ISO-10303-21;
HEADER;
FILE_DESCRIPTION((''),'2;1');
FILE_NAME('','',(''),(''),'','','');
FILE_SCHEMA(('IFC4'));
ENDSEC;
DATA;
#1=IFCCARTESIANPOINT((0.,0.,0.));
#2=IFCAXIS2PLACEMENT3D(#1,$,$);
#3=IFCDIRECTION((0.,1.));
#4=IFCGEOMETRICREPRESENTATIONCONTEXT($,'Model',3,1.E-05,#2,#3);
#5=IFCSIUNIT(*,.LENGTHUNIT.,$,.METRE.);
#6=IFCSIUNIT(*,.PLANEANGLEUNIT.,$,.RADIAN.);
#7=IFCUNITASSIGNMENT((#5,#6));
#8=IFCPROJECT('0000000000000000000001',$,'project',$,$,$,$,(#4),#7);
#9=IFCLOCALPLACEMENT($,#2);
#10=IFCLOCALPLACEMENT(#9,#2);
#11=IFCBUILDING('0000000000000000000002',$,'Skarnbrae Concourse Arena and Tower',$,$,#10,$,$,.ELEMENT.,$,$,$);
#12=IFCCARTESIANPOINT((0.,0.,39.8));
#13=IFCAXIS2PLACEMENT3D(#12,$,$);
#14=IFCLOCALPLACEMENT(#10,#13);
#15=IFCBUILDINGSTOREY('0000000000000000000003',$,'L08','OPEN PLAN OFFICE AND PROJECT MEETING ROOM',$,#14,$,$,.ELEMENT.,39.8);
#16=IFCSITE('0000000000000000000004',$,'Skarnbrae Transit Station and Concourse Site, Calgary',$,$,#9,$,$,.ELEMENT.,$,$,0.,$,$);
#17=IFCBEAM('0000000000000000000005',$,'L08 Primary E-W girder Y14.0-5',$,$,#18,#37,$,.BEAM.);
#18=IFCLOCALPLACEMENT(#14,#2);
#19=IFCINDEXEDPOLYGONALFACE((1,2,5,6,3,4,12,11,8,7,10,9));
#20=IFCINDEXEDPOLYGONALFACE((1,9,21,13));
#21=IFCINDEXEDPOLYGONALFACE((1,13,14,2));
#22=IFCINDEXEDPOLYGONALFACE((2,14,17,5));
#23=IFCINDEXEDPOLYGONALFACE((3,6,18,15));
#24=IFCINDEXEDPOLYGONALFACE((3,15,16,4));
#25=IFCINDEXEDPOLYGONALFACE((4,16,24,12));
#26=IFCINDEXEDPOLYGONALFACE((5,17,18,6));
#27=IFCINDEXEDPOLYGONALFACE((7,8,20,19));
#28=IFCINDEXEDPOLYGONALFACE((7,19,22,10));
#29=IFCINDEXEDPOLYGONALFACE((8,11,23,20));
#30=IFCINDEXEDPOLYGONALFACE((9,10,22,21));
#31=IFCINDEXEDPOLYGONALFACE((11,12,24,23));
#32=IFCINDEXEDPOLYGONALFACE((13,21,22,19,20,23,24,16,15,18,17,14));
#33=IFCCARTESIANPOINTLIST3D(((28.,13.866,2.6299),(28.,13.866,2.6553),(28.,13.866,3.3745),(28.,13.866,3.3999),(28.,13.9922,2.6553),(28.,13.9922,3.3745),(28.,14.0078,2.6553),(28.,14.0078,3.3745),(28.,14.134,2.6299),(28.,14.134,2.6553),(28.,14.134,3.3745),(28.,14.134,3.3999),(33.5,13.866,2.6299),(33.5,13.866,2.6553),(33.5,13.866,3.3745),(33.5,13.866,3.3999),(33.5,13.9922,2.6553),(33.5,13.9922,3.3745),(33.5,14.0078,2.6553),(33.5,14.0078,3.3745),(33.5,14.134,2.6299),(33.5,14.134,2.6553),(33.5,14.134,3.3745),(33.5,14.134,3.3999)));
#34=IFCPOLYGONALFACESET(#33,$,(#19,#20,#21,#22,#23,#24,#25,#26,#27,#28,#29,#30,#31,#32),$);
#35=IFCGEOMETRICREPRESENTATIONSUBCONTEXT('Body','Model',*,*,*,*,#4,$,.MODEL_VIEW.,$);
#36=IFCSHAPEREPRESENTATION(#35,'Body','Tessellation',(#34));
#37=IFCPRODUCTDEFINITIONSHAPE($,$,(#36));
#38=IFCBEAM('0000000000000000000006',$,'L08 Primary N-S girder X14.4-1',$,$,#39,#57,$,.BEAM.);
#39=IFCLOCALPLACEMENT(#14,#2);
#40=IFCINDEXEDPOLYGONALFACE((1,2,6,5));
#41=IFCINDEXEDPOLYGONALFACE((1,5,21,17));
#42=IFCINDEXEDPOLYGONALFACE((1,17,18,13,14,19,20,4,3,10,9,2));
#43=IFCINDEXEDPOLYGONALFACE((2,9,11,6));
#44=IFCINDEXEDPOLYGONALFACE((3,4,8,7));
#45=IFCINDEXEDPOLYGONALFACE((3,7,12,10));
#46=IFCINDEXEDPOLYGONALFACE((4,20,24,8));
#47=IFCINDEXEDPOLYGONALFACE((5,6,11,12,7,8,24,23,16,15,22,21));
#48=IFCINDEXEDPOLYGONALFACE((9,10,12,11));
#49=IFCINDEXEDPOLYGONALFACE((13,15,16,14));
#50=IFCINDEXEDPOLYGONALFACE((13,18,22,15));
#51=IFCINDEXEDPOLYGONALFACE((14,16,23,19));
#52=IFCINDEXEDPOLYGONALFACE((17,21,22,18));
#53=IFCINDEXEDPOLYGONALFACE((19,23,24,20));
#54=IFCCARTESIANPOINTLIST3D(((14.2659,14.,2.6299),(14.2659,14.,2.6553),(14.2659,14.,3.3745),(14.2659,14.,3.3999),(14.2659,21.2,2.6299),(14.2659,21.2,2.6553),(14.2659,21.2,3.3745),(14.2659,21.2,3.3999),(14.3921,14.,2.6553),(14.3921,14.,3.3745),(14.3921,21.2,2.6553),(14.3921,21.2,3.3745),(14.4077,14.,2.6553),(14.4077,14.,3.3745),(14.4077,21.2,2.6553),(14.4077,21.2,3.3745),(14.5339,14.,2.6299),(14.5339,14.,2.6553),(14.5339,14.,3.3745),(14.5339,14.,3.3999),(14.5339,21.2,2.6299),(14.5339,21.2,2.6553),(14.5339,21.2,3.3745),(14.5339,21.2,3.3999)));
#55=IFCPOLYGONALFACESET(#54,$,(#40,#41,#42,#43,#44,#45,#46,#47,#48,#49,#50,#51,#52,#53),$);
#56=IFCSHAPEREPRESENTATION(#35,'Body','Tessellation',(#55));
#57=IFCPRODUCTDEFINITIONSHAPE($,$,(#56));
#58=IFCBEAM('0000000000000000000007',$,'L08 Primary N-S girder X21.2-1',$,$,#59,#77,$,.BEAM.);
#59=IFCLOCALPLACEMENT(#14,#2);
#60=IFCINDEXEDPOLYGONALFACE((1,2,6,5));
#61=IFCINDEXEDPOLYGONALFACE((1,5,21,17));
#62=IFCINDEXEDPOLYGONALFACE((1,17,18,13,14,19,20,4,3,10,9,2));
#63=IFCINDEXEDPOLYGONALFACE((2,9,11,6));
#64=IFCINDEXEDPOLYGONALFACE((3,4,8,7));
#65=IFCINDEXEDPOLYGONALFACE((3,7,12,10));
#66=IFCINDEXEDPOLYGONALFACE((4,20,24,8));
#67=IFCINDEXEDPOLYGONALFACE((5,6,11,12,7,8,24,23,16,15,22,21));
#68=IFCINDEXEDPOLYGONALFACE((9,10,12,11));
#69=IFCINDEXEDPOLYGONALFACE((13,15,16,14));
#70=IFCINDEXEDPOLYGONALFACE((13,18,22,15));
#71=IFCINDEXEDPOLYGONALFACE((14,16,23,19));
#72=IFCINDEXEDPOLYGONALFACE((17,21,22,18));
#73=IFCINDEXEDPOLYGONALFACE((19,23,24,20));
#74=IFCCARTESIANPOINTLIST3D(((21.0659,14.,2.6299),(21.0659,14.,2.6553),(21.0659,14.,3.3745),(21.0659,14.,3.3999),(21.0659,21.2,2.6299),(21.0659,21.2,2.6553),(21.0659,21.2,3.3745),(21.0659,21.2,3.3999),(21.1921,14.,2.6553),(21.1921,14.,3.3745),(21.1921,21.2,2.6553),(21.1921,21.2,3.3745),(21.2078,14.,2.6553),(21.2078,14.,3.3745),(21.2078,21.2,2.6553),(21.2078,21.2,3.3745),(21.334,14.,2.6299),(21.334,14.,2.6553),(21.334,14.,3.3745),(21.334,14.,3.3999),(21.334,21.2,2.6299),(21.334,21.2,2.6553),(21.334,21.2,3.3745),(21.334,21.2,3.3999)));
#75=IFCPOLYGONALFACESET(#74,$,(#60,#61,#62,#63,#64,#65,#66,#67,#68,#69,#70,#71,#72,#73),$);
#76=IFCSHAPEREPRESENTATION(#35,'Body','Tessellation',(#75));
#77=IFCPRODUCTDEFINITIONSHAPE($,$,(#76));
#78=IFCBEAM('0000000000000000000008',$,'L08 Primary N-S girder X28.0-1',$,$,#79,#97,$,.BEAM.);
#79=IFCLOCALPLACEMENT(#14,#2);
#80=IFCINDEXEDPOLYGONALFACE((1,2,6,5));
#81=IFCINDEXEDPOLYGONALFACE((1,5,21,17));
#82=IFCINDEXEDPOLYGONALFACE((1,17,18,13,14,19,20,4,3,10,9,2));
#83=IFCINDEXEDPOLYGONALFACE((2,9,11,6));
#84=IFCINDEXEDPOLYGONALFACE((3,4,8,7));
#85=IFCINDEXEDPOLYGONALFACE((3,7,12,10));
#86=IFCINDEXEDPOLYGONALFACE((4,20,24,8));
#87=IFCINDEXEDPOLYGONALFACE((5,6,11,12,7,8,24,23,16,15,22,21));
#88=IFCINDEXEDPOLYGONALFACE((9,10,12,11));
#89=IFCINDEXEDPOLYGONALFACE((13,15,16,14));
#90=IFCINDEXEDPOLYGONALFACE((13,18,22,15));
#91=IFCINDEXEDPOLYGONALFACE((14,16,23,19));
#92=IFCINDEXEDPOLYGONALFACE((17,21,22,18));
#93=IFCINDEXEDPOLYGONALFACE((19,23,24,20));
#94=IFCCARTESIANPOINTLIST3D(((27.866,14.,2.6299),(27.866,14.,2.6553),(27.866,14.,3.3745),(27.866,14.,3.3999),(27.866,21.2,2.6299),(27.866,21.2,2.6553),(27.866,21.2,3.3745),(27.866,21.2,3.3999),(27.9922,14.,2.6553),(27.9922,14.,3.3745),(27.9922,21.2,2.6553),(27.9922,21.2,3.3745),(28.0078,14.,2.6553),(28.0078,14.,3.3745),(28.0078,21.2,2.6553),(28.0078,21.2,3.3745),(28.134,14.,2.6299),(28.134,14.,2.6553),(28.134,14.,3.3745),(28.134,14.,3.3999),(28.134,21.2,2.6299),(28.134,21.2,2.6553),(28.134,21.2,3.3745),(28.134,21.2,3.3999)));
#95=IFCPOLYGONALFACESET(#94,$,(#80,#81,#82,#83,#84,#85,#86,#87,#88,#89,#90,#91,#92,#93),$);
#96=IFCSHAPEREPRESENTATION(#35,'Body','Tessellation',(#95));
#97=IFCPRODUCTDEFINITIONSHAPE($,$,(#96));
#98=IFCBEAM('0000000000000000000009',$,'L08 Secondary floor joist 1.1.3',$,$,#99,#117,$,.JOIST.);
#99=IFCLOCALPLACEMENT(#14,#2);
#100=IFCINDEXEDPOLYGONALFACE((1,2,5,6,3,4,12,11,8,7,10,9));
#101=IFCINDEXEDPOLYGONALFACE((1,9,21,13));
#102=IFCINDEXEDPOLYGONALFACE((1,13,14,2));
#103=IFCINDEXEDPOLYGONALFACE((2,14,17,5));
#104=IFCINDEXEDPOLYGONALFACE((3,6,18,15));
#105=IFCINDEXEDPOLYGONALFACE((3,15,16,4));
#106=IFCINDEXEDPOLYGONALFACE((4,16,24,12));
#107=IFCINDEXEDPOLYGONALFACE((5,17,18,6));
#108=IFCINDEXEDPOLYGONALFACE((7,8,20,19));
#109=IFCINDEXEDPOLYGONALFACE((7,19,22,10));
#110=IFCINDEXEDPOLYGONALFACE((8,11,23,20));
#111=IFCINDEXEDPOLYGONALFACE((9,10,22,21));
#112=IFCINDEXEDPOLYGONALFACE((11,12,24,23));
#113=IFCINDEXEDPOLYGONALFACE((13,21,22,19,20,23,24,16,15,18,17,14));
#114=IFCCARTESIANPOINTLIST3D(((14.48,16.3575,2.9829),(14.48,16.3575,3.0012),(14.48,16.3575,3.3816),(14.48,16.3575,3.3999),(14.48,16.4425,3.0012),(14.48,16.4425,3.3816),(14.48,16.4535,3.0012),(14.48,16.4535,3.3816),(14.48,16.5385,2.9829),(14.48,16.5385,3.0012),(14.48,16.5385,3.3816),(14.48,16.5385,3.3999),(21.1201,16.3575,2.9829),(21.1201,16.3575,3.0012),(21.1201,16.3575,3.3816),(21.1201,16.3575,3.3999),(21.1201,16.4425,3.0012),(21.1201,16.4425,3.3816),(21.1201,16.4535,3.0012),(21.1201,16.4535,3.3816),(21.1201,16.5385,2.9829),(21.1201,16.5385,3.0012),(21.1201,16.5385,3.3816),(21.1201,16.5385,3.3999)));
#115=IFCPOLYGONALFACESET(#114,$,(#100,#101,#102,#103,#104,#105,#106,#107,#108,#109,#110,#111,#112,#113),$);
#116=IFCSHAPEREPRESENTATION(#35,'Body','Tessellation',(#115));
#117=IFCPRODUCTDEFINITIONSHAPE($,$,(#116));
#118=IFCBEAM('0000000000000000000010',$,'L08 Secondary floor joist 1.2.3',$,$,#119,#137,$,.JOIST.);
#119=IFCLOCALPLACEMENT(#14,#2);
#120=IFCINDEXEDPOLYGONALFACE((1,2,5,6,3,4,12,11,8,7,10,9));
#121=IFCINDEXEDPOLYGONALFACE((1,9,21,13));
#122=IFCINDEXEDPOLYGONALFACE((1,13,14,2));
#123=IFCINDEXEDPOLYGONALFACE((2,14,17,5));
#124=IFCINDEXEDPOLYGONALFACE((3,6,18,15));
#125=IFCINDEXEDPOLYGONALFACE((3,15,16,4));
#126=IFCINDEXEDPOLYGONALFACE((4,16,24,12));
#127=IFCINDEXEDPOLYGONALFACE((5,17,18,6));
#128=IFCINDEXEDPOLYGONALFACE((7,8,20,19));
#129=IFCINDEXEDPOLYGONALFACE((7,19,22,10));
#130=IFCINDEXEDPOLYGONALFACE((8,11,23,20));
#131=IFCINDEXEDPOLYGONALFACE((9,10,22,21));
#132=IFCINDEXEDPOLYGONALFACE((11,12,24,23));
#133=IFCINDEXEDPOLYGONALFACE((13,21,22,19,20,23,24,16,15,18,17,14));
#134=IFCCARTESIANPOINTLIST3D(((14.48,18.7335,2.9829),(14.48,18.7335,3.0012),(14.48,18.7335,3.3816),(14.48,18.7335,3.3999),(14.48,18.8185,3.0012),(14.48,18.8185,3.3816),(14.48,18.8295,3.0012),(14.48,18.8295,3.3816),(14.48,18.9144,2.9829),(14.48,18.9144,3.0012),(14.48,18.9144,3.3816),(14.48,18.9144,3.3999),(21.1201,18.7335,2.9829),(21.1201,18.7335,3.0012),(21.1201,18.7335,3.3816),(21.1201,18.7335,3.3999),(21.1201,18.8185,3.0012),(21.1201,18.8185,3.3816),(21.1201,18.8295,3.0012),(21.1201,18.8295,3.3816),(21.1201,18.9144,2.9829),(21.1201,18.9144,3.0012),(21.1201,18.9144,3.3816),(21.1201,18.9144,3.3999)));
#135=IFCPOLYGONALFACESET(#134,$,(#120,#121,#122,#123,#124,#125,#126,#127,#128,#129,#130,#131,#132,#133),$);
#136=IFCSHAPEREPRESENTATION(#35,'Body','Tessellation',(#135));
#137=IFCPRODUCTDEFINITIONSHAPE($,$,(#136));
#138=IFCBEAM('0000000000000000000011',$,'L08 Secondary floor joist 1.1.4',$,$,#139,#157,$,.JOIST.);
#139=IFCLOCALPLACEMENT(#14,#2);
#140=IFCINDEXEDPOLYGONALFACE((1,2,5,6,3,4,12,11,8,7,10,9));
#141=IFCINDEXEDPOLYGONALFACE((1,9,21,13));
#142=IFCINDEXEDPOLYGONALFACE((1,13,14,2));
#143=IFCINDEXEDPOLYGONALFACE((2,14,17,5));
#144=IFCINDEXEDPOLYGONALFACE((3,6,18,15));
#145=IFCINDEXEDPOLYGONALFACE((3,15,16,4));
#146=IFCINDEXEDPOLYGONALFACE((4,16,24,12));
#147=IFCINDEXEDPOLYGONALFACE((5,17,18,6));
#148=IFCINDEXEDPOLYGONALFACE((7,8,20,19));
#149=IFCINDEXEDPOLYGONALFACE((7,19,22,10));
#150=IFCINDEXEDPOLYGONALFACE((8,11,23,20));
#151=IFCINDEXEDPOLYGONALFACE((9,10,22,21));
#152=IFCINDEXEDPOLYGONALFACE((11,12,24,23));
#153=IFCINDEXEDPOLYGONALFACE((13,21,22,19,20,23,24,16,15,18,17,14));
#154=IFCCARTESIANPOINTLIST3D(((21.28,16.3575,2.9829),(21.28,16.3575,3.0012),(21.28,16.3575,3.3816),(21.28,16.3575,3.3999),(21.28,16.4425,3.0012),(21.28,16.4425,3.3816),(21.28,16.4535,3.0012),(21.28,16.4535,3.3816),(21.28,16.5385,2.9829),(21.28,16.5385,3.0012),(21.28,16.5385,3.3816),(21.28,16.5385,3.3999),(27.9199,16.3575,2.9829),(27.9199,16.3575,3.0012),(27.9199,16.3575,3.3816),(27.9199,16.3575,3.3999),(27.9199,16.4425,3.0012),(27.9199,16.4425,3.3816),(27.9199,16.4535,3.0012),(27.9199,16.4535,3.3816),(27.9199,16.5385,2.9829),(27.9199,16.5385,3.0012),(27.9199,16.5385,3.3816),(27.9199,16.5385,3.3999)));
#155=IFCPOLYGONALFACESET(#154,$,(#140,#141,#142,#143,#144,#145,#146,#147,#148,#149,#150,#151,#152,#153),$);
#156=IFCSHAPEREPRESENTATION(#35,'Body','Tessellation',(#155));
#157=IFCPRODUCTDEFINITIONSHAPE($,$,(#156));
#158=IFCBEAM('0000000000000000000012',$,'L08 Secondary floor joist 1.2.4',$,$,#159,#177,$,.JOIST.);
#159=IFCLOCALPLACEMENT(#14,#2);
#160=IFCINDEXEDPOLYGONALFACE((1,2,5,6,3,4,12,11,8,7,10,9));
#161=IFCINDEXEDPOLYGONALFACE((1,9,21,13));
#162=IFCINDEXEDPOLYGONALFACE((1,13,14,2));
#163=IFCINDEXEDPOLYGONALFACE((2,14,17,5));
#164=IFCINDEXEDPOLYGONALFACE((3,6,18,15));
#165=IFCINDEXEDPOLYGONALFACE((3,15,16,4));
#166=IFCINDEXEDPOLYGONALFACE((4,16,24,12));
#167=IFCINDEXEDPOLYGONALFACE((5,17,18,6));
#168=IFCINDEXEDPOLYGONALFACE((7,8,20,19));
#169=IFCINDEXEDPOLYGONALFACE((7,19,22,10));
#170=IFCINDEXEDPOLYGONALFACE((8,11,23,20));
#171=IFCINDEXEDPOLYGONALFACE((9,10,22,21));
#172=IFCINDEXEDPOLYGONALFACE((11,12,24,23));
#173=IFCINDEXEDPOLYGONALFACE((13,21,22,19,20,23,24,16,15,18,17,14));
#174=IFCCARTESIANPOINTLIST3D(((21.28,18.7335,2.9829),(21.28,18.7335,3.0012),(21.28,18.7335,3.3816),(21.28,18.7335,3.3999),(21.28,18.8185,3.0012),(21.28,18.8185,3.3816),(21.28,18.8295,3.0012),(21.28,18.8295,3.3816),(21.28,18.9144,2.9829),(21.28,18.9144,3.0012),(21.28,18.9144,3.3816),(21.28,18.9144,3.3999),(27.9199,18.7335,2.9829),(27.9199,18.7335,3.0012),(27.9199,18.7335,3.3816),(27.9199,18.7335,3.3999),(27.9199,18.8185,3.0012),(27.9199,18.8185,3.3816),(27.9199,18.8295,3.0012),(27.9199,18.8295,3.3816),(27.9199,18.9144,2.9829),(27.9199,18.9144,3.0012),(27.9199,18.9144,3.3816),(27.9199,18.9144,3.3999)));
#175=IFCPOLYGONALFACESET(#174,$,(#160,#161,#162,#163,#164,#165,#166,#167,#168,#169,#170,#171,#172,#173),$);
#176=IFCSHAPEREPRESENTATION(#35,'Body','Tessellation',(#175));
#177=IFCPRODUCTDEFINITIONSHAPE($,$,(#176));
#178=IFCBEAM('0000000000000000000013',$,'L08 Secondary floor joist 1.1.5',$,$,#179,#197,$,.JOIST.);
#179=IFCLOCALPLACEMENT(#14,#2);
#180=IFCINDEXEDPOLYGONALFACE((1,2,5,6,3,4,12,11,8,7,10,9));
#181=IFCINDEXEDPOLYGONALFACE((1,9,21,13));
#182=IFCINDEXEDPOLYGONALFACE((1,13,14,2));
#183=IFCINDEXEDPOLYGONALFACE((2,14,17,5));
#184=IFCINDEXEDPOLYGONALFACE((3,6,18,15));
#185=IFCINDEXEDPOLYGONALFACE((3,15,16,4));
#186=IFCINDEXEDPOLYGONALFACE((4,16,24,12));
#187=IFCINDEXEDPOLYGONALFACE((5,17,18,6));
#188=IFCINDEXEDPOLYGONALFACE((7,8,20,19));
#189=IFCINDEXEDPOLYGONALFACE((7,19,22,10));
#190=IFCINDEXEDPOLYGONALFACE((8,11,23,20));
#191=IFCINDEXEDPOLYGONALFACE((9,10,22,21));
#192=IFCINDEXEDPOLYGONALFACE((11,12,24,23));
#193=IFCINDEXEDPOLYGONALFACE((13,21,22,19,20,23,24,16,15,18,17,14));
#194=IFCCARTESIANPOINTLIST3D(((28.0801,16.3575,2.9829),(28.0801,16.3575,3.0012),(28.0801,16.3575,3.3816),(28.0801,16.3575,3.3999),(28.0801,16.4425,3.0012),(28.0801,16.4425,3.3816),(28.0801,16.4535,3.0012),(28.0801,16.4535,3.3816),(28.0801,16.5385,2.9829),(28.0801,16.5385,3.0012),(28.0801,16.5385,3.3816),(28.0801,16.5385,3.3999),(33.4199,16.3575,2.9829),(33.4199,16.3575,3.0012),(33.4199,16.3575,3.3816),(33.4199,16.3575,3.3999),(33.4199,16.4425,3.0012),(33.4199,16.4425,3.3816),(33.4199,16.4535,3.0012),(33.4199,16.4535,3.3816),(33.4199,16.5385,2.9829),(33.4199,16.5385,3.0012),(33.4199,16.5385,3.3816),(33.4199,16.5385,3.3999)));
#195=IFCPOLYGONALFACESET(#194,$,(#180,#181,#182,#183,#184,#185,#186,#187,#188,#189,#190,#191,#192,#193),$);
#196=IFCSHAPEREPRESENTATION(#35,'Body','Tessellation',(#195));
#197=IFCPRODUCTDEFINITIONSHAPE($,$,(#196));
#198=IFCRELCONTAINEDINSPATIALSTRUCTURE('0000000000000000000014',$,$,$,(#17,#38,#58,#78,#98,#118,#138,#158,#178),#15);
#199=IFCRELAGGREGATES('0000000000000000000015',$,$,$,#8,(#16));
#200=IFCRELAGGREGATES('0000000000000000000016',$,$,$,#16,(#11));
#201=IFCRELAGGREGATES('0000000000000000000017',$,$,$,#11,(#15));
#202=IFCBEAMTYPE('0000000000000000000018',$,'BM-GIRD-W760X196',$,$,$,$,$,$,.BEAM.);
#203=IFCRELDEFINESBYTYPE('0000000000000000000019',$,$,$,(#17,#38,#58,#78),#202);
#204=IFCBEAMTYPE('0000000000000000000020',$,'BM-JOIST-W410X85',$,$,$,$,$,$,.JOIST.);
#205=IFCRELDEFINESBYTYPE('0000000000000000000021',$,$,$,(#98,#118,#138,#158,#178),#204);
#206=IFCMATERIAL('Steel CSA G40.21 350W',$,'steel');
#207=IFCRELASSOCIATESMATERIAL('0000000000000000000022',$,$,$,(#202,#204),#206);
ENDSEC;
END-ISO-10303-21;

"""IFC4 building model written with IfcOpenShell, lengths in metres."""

from ifc_helpers import new_model, si_unit, direction, frame, origin, origin_2d, place, context, subcontext, project, spatial, i_section, extrude, source, transform, mapped, material, material_profile, profile_set, type_object, element, save


model = new_model("IFC4")

# Units and contexts
model_context = context("Model", 3, precision=1e-05, world=origin(), true_north=direction((0.0, 1.0)))
body_context = subcontext(model_context, "Body", "Model", "MODEL_VIEW")
ifc_project = project(units=[si_unit("LENGTHUNIT", "METRE"), si_unit("PLANEANGLEUNIT", "RADIAN")], contexts=[model_context])

# Site, building, storey
site_placement = place(None, origin())
site = spatial("IfcSite", under=ifc_project, at=site_placement, Name="Skarnbrae Transit Station and Concourse Site, Calgary", CompositionType="ELEMENT", RefElevation=0.0)
building_placement = place(site_placement, origin())
building = spatial("IfcBuilding", under=site, at=building_placement, Name="Skarnbrae Concourse Arena and Tower", CompositionType="ELEMENT")
storey_placement = place(building_placement, frame((0.0, 0.0, 39.8)))
storey = spatial("IfcBuildingStorey", under=building, at=storey_placement, Name="L08", Description="OPEN PLAN OFFICE AND PROJECT MEETING ROOM", CompositionType="ELEMENT", Elevation=39.8)

# Shared definitions
ifc_material_1 = material(Name="Steel CSA G40.21 350W", Category="steel")

# Beams
ifc_material_profile_1 = material_profile(ifc_material_1, i_section(OverallWidth=0.2681, OverallDepth=0.77, WebThickness=0.0156, FlangeThickness=0.0254, at=origin_2d()), Name="W760X196")
ifc_profile_set_1 = profile_set([ifc_material_profile_1], Name="Steel CSA G40.21 350W")
beam_type_1 = type_object("IfcBeamType", Name="BM-GIRD-W760X196", PredefinedType="BEAM", material=ifc_profile_set_1)
shared_shape_1 = source(origin(), body_context, "Body", "SweptSolid", [
    extrude(i_section(OverallWidth=0.2681, OverallDepth=0.77, WebThickness=0.0156, FlangeThickness=0.0254, at=origin_2d()), origin(), (0.0, 0.0, 1.0), 5.5),
])
beam_1_placement = place(storey_placement, frame((28.0, 14.0, 3.0149), z_axis=(1.0, 0.0, 0.0), x_axis=(0.0, 1.0, 0.0)))
element("IfcBeam", 1, at=beam_1_placement, inside=storey, type_object=beam_type_1, Name="L08 Primary E-W girder Y14.0-5", PredefinedType="BEAM", context=body_context, shape_type="MappedRepresentation", body=[
    mapped(shared_shape_1, transform((0.0, 0.0, 0.0))),
])
shared_shape_2 = source(origin(), body_context, "Body", "SweptSolid", [
    extrude(i_section(OverallWidth=0.2681, OverallDepth=0.77, WebThickness=0.0156, FlangeThickness=0.0254, at=origin_2d()), origin(), (0.0, 0.0, 1.0), 7.2),
])
for number, where, z_axis, x_axis, name in (
    (2, (14.3999, 14.0, 3.0149), (0.0, 1.0, 0.0), (-1.0, 0.0, 0.0), "L08 Primary N-S girder X14.4-1"),
    (3, (21.2, 14.0, 3.0149), (0.0, 1.0, 0.0), (-1.0, 0.0, 0.0), "L08 Primary N-S girder X21.2-1"),
    (4, (28.0, 14.0, 3.0149), (0.0, 1.0, 0.0), (-1.0, 0.0, 0.0), "L08 Primary N-S girder X28.0-1"),
):
    element("IfcBeam", number, at=place(storey_placement, frame(where, z_axis=z_axis, x_axis=x_axis)), inside=storey, type_object=beam_type_1, Name=name, PredefinedType="BEAM", context=body_context, shape_type="MappedRepresentation", body=[
        mapped(shared_shape_2, transform((0.0, 0.0, 0.0))),
    ])
ifc_material_profile_2 = material_profile(ifc_material_1, i_section(OverallWidth=0.1809, OverallDepth=0.417, WebThickness=0.011, FlangeThickness=0.0183, at=origin_2d()), Name="W410X85")
ifc_profile_set_2 = profile_set([ifc_material_profile_2], Name="Steel CSA G40.21 350W")
beam_type_2 = type_object("IfcBeamType", Name="BM-JOIST-W410X85", PredefinedType="JOIST", material=ifc_profile_set_2)
shared_shape_3 = source(origin(), body_context, "Body", "SweptSolid", [
    extrude(i_section(OverallWidth=0.1809, OverallDepth=0.417, WebThickness=0.011, FlangeThickness=0.0183, at=origin_2d()), origin(), (0.0, 0.0, 1.0), 6.6401),
])
for number, where, z_axis, x_axis, name in (
    (5, (14.48, 16.448, 3.1914), (1.0, 0.0, 0.0), (0.0, 1.0, 0.0), "L08 Secondary floor joist 1.1.3"),
    (6, (14.48, 18.824, 3.1914), (1.0, 0.0, 0.0), (0.0, 1.0, 0.0), "L08 Secondary floor joist 1.2.3"),
):
    element("IfcBeam", number, at=place(storey_placement, frame(where, z_axis=z_axis, x_axis=x_axis)), inside=storey, type_object=beam_type_2, Name=name, PredefinedType="JOIST", context=body_context, shape_type="MappedRepresentation", body=[
        mapped(shared_shape_3, transform((0.0, 0.0, 0.0))),
    ])
shared_shape_4 = source(origin(), body_context, "Body", "SweptSolid", [
    extrude(i_section(OverallWidth=0.1809, OverallDepth=0.417, WebThickness=0.011, FlangeThickness=0.0183, at=origin_2d()), origin(), (0.0, 0.0, 1.0), 6.6399),
])
for number, where, z_axis, x_axis, name in (
    (7, (21.28, 16.448, 3.1914), (1.0, 0.0, 0.0), (0.0, 1.0, 0.0), "L08 Secondary floor joist 1.1.4"),
    (8, (21.28, 18.824, 3.1914), (1.0, 0.0, 0.0), (0.0, 1.0, 0.0), "L08 Secondary floor joist 1.2.4"),
):
    element("IfcBeam", number, at=place(storey_placement, frame(where, z_axis=z_axis, x_axis=x_axis)), inside=storey, type_object=beam_type_2, Name=name, PredefinedType="JOIST", context=body_context, shape_type="MappedRepresentation", body=[
        mapped(shared_shape_4, transform((0.0, 0.0, 0.0))),
    ])
shared_shape_5 = source(origin(), body_context, "Body", "SweptSolid", [
    extrude(i_section(OverallWidth=0.1809, OverallDepth=0.417, WebThickness=0.011, FlangeThickness=0.0183, at=origin_2d()), origin(), (0.0, 0.0, 1.0), 5.3398),
])
beam_2_placement = place(storey_placement, frame((28.0801, 16.448, 3.1914), z_axis=(1.0, 0.0, 0.0), x_axis=(0.0, 1.0, 0.0)))
element("IfcBeam", 9, at=beam_2_placement, inside=storey, type_object=beam_type_2, Name="L08 Secondary floor joist 1.1.5", PredefinedType="JOIST", context=body_context, shape_type="MappedRepresentation", body=[
    mapped(shared_shape_5, transform((0.0, 0.0, 0.0))),
])

save(model, "model.ifc")
